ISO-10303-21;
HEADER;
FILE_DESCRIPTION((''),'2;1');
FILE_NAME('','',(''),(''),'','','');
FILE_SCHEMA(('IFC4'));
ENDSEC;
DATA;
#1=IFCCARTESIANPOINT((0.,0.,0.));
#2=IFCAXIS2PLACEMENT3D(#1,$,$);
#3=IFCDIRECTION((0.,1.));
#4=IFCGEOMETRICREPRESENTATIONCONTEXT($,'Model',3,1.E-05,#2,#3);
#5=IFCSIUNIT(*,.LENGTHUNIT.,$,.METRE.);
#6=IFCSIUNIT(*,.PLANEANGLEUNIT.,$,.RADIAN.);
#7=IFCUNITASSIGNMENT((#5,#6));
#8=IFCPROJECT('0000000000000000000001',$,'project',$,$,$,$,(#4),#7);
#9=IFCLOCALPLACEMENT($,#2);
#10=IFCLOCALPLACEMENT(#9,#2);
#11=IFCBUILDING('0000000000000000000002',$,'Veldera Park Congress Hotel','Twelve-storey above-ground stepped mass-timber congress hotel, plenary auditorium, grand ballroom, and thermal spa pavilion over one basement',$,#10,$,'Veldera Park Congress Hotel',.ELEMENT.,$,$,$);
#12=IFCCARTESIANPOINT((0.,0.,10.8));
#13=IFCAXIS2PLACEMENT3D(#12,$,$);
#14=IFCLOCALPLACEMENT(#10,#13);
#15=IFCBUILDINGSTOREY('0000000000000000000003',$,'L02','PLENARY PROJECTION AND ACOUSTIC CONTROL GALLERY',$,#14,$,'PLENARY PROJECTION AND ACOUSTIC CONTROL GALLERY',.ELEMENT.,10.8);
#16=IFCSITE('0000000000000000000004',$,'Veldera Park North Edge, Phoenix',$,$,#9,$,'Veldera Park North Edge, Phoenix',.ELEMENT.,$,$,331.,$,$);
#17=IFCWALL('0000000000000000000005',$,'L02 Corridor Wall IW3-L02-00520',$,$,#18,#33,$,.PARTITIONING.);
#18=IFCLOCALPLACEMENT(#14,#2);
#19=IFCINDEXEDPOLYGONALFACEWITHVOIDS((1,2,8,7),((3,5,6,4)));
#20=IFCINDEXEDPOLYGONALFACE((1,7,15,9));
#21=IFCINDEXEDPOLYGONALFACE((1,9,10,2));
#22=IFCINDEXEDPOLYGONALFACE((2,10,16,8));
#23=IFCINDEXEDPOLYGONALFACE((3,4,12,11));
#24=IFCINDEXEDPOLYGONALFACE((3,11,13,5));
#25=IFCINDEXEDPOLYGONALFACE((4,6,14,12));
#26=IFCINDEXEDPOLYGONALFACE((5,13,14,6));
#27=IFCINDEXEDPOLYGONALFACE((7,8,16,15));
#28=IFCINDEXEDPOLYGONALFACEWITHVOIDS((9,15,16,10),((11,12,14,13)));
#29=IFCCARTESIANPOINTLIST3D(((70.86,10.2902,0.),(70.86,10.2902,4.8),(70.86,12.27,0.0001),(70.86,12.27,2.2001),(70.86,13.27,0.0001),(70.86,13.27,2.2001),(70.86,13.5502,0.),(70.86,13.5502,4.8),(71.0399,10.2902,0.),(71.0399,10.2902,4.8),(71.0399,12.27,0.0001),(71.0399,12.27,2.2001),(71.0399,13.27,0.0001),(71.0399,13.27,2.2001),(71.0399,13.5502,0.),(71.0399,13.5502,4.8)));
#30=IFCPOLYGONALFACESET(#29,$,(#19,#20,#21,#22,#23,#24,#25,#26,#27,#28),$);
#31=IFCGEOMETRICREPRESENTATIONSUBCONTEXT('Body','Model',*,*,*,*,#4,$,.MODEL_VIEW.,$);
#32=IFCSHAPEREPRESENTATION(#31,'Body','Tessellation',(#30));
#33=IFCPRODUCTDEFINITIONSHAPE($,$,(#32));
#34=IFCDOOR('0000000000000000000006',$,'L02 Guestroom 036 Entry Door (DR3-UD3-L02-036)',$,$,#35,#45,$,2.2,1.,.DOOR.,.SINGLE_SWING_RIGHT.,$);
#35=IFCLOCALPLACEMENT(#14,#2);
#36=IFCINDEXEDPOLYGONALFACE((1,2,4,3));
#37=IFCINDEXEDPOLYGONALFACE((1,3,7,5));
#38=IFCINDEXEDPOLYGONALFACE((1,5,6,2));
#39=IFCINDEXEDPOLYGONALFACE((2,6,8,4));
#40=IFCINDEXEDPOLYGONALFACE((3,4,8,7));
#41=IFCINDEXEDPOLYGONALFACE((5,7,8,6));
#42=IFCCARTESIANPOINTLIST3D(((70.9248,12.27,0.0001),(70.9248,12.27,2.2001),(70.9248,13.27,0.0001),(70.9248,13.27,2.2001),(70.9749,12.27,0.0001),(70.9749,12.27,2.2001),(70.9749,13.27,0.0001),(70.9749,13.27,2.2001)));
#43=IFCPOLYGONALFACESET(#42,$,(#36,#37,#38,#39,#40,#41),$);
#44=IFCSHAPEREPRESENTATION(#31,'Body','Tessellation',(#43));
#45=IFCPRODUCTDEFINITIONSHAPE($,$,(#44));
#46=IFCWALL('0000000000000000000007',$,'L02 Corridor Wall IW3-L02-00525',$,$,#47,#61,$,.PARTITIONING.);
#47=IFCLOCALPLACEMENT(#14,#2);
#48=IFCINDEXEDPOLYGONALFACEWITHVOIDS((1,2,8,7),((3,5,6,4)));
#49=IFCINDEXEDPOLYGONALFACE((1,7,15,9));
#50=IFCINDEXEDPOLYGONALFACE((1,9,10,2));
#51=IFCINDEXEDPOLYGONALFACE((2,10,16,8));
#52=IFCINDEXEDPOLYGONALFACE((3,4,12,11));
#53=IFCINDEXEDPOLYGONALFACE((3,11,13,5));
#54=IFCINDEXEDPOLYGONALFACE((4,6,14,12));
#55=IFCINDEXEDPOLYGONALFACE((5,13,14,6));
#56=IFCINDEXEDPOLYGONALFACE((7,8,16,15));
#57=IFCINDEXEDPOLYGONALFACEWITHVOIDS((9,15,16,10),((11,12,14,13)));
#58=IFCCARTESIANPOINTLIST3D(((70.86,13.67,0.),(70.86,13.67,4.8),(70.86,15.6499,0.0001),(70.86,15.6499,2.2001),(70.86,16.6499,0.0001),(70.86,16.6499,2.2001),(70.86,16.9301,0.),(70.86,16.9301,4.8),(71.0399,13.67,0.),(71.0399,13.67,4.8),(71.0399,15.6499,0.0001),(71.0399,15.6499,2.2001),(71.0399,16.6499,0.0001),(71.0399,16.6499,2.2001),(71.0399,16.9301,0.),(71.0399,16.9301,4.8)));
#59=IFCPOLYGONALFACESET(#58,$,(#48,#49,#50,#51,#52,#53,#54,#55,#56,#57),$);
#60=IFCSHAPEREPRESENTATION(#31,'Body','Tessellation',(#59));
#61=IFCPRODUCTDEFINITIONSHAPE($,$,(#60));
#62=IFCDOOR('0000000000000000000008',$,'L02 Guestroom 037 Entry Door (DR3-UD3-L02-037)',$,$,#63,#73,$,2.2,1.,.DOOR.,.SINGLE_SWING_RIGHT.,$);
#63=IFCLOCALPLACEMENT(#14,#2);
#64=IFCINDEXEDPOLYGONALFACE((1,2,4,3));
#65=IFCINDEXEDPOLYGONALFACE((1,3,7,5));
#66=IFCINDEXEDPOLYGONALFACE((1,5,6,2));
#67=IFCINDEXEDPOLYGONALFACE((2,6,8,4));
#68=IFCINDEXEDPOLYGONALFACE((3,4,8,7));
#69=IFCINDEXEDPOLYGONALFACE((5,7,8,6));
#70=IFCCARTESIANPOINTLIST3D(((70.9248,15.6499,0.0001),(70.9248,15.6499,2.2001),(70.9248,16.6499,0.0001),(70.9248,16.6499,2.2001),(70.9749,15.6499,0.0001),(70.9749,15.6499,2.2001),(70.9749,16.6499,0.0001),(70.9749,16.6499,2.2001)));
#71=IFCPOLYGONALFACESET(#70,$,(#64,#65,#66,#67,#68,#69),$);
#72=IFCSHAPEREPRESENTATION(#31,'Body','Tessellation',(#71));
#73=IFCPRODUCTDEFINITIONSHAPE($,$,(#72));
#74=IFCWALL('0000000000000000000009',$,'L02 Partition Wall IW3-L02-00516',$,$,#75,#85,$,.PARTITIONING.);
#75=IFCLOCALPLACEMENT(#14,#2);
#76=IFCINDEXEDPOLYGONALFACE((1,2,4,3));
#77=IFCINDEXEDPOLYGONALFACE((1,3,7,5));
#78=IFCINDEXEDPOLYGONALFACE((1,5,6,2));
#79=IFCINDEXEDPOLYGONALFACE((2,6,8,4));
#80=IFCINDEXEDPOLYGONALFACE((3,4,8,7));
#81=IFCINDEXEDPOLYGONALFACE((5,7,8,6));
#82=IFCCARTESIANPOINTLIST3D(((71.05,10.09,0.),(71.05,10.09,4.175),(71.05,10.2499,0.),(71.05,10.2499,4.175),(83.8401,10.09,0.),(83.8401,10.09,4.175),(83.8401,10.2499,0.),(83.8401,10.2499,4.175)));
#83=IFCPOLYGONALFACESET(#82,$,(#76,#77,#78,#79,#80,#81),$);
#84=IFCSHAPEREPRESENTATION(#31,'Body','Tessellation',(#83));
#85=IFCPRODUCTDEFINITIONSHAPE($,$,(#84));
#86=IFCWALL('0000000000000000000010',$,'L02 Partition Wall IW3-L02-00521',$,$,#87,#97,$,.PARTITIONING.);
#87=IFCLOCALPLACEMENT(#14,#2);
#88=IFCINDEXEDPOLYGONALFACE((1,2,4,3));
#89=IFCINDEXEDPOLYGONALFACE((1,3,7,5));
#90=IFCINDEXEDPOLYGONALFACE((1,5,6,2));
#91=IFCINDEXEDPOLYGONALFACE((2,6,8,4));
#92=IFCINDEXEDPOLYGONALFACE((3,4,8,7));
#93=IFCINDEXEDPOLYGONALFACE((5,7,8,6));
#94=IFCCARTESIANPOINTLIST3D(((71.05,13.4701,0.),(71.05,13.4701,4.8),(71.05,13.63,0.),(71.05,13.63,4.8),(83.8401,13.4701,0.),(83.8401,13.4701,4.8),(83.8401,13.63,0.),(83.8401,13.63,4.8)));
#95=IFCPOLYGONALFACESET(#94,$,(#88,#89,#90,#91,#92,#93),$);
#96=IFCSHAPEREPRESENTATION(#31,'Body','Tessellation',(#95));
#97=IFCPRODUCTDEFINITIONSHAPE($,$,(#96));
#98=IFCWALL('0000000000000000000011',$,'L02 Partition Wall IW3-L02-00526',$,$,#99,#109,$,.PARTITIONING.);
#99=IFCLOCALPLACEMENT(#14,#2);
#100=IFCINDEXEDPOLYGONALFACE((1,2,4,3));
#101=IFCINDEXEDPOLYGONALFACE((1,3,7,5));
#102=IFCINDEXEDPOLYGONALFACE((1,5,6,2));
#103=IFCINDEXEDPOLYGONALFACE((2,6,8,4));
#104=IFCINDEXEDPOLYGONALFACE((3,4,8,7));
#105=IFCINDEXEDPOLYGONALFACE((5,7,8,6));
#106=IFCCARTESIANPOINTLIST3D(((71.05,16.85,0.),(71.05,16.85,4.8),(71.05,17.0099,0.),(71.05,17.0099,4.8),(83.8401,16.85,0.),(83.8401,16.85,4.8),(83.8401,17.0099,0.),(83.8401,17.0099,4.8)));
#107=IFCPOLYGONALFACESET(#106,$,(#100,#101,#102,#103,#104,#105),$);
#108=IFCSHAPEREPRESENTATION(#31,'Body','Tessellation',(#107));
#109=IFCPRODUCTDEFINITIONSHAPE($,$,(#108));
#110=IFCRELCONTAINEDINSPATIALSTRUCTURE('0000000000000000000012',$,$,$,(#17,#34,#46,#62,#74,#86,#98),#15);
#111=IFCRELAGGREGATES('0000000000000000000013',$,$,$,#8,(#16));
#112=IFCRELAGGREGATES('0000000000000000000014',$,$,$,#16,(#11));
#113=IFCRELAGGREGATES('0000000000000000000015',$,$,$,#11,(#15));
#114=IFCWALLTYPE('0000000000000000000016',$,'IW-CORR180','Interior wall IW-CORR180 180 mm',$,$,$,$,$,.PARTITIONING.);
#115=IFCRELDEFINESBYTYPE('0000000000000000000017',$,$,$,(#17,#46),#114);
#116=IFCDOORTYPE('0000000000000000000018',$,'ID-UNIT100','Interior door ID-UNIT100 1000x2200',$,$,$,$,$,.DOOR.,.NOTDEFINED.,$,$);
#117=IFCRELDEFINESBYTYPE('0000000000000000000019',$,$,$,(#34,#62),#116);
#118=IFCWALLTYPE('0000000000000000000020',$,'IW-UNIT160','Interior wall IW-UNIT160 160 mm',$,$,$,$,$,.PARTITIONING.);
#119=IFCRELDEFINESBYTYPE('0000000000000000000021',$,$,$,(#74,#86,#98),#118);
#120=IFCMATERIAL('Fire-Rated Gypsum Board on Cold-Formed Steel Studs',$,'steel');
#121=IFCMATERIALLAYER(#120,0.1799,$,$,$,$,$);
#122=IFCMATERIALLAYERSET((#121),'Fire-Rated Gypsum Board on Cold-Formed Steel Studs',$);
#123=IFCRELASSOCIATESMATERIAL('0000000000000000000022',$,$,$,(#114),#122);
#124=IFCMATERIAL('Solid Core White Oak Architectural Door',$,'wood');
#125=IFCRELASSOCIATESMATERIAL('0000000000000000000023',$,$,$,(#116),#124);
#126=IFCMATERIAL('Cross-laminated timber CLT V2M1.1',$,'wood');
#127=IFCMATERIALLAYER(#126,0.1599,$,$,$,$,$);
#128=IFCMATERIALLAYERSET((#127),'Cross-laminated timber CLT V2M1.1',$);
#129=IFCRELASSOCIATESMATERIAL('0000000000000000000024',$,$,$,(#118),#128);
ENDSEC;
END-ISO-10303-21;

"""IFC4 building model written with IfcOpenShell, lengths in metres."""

from ifc_helpers import new_model, si_unit, direction, frame, frame_2d, origin, place, context, subcontext, project, spatial, rectangle, extrude, material, layer, layer_set, type_object, element, fill, save


model = new_model("IFC4")

# Units and contexts
model_context = context("Model", 3, precision=1e-05, world=origin(), true_north=direction((0.0, 1.0)))
body_context = subcontext(model_context, "Body", "Model", "MODEL_VIEW")
ifc_project = project(units=[si_unit("LENGTHUNIT", "METRE"), si_unit("PLANEANGLEUNIT", "RADIAN")], contexts=[model_context])

# Site, building, storey
site_placement = place(None, origin())
site = spatial("IfcSite", under=ifc_project, at=site_placement, Name="Veldera Park North Edge, Phoenix", LongName="Veldera Park North Edge, Phoenix", CompositionType="ELEMENT", RefElevation=331.0)
building_placement = place(site_placement, origin())
building = spatial("IfcBuilding", under=site, at=building_placement, Name="Veldera Park Congress Hotel", Description="Twelve-storey above-ground stepped mass-timber congress hotel, plenary auditorium, grand ballroom, and thermal spa pavilion over one basement", LongName="Veldera Park Congress Hotel", CompositionType="ELEMENT")
storey_placement = place(building_placement, frame((0.0, 0.0, 10.8)))
storey = spatial("IfcBuildingStorey", under=building, at=storey_placement, Name="L02", Description="PLENARY PROJECTION AND ACOUSTIC CONTROL GALLERY", LongName="PLENARY PROJECTION AND ACOUSTIC CONTROL GALLERY", CompositionType="ELEMENT", Elevation=10.8)

# Shared definitions
ifc_material_1 = material(Name="Fire-Rated Gypsum Board on Cold-Formed Steel Studs", Category="steel")
ifc_material_2 = material(Name="Solid Core White Oak Architectural Door", Category="wood")

# Walls, openings, doors
ifc_layer_1 = layer(ifc_material_1, 0.1799)
ifc_layer_set_1 = layer_set([ifc_layer_1], Name="Fire-Rated Gypsum Board on Cold-Formed Steel Studs")
wall_type_1 = type_object("IfcWallType", Name="IW-CORR180", Description="Interior wall IW-CORR180 180 mm", PredefinedType="PARTITIONING", material=ifc_layer_set_1)
door_type_1 = type_object("IfcDoorType", Name="ID-UNIT100", Description="Interior door ID-UNIT100 1000x2200", OperationType="NOTDEFINED", PredefinedType="DOOR", material=ifc_material_2)
wall_1_placement = place(storey_placement, frame((70.95, 13.55, 0.0), z_axis=(0.0, 0.0, 1.0), x_axis=(0.0, -1.0, 0.0)))
wall_1 = element("IfcWall", 1, at=wall_1_placement, inside=storey, type_object=wall_type_1, Name="L02 Corridor Wall IW3-L02-00520", PredefinedType="PARTITIONING", context=body_context, shape_type="SweptSolid", body=[
    extrude(rectangle(XDim=3.26, YDim=0.1799, at=frame_2d((1.6299, 0.0))), origin(), (0.0, 0.0, 1.0), 4.8),
])
opening_1_placement = place(wall_1_placement, frame((0.28, 0.0, 0.0)))
opening_1 = element("IfcOpeningElement", 2, at=opening_1_placement, cuts=wall_1, PredefinedType="OPENING", context=body_context, shape_type="SweptSolid", body=[
    extrude(rectangle(XDim=1.0, YDim=2.2, at=frame_2d((0.5, 1.1001))), frame((0.0, 0.1021, 0.0), z_axis=(0.0, -1.0, 0.0), x_axis=(1.0, 0.0, 0.0)), (0.0, 0.0, 1.0), 0.2039),
])
door_1_placement = place(opening_1_placement, origin())
door_1 = element("IfcDoor", 3, at=door_1_placement, inside=storey, type_object=door_type_1, Name="L02 Guestroom 036 Entry Door (DR3-UD3-L02-036)", OperationType="SINGLE_SWING_RIGHT", OverallHeight=2.2, OverallWidth=1.0, PredefinedType="DOOR", context=body_context, shape_type="SweptSolid", body=[
    extrude(rectangle(XDim=1.0, YDim=2.2, at=frame_2d((0.5, 1.1001))), frame((0.0, 0.0249, 0.0), z_axis=(0.0, -1.0, 0.0), x_axis=(1.0, 0.0, 0.0)), (0.0, 0.0, 1.0), 0.05),
])
fill(opening_1, door_1)
wall_2_placement = place(storey_placement, frame((70.95, 16.9299, 0.0), z_axis=(0.0, 0.0, 1.0), x_axis=(0.0, -1.0, 0.0)))
wall_2 = element("IfcWall", 4, at=wall_2_placement, inside=storey, type_object=wall_type_1, Name="L02 Corridor Wall IW3-L02-00525", PredefinedType="PARTITIONING", context=body_context, shape_type="SweptSolid", body=[
    extrude(rectangle(XDim=3.26, YDim=0.1799, at=frame_2d((1.6299, 0.0))), origin(), (0.0, 0.0, 1.0), 4.8),
])
opening_2_placement = place(wall_2_placement, frame((0.28, 0.0, 0.0)))
opening_2 = element("IfcOpeningElement", 5, at=opening_2_placement, cuts=wall_2, PredefinedType="OPENING", context=body_context, shape_type="SweptSolid", body=[
    extrude(rectangle(XDim=1.0, YDim=2.2, at=frame_2d((0.5, 1.1001))), frame((0.0, 0.1021, 0.0), z_axis=(0.0, -1.0, 0.0), x_axis=(1.0, 0.0, 0.0)), (0.0, 0.0, 1.0), 0.2039),
])
door_2_placement = place(opening_2_placement, origin())
door_2 = element("IfcDoor", 6, at=door_2_placement, inside=storey, type_object=door_type_1, Name="L02 Guestroom 037 Entry Door (DR3-UD3-L02-037)", OperationType="SINGLE_SWING_RIGHT", OverallHeight=2.2, OverallWidth=1.0, PredefinedType="DOOR", context=body_context, shape_type="SweptSolid", body=[
    extrude(rectangle(XDim=1.0, YDim=2.2, at=frame_2d((0.5, 1.1001))), frame((0.0, 0.0249, 0.0), z_axis=(0.0, -1.0, 0.0), x_axis=(1.0, 0.0, 0.0)), (0.0, 0.0, 1.0), 0.05),
])
fill(opening_2, door_2)

# Walls
ifc_material_3 = material(Name="Cross-laminated timber CLT V2M1.1", Category="wood")
ifc_layer_2 = layer(ifc_material_3, 0.1599)
ifc_layer_set_2 = layer_set([ifc_layer_2], Name="Cross-laminated timber CLT V2M1.1")
wall_type_2 = type_object("IfcWallType", Name="IW-UNIT160", Description="Interior wall IW-UNIT160 160 mm", PredefinedType="PARTITIONING", material=ifc_layer_set_2)
wall_3_placement = place(storey_placement, frame((71.05, 10.1699, 0.0), z_axis=(0.0, 0.0, 1.0), x_axis=(1.0, 0.0, 0.0)))
element("IfcWall", 7, at=wall_3_placement, inside=storey, type_object=wall_type_2, Name="L02 Partition Wall IW3-L02-00516", PredefinedType="PARTITIONING", context=body_context, shape_type="SweptSolid", body=[
    extrude(rectangle(XDim=12.79, YDim=0.1599, at=frame_2d((6.395, 0.0))), origin(), (0.0, 0.0, 1.0), 4.175),
])
for number, where, z_axis, x_axis, name in (
    (8, (71.05, 13.55, 0.0), (0.0, 0.0, 1.0), (1.0, 0.0, 0.0), "L02 Partition Wall IW3-L02-00521"),
    (9, (71.05, 16.9299, 0.0), (0.0, 0.0, 1.0), (1.0, 0.0, 0.0), "L02 Partition Wall IW3-L02-00526"),
):
    element("IfcWall", number, at=place(storey_placement, frame(where, z_axis=z_axis, x_axis=x_axis)), inside=storey, type_object=wall_type_2, Name=name, PredefinedType="PARTITIONING", context=body_context, shape_type="SweptSolid", body=[
        extrude(rectangle(XDim=12.79, YDim=0.1599, at=frame_2d((6.395, 0.0))), origin(), (0.0, 0.0, 1.0), 4.8),
    ])

save(model, "model.ifc")
